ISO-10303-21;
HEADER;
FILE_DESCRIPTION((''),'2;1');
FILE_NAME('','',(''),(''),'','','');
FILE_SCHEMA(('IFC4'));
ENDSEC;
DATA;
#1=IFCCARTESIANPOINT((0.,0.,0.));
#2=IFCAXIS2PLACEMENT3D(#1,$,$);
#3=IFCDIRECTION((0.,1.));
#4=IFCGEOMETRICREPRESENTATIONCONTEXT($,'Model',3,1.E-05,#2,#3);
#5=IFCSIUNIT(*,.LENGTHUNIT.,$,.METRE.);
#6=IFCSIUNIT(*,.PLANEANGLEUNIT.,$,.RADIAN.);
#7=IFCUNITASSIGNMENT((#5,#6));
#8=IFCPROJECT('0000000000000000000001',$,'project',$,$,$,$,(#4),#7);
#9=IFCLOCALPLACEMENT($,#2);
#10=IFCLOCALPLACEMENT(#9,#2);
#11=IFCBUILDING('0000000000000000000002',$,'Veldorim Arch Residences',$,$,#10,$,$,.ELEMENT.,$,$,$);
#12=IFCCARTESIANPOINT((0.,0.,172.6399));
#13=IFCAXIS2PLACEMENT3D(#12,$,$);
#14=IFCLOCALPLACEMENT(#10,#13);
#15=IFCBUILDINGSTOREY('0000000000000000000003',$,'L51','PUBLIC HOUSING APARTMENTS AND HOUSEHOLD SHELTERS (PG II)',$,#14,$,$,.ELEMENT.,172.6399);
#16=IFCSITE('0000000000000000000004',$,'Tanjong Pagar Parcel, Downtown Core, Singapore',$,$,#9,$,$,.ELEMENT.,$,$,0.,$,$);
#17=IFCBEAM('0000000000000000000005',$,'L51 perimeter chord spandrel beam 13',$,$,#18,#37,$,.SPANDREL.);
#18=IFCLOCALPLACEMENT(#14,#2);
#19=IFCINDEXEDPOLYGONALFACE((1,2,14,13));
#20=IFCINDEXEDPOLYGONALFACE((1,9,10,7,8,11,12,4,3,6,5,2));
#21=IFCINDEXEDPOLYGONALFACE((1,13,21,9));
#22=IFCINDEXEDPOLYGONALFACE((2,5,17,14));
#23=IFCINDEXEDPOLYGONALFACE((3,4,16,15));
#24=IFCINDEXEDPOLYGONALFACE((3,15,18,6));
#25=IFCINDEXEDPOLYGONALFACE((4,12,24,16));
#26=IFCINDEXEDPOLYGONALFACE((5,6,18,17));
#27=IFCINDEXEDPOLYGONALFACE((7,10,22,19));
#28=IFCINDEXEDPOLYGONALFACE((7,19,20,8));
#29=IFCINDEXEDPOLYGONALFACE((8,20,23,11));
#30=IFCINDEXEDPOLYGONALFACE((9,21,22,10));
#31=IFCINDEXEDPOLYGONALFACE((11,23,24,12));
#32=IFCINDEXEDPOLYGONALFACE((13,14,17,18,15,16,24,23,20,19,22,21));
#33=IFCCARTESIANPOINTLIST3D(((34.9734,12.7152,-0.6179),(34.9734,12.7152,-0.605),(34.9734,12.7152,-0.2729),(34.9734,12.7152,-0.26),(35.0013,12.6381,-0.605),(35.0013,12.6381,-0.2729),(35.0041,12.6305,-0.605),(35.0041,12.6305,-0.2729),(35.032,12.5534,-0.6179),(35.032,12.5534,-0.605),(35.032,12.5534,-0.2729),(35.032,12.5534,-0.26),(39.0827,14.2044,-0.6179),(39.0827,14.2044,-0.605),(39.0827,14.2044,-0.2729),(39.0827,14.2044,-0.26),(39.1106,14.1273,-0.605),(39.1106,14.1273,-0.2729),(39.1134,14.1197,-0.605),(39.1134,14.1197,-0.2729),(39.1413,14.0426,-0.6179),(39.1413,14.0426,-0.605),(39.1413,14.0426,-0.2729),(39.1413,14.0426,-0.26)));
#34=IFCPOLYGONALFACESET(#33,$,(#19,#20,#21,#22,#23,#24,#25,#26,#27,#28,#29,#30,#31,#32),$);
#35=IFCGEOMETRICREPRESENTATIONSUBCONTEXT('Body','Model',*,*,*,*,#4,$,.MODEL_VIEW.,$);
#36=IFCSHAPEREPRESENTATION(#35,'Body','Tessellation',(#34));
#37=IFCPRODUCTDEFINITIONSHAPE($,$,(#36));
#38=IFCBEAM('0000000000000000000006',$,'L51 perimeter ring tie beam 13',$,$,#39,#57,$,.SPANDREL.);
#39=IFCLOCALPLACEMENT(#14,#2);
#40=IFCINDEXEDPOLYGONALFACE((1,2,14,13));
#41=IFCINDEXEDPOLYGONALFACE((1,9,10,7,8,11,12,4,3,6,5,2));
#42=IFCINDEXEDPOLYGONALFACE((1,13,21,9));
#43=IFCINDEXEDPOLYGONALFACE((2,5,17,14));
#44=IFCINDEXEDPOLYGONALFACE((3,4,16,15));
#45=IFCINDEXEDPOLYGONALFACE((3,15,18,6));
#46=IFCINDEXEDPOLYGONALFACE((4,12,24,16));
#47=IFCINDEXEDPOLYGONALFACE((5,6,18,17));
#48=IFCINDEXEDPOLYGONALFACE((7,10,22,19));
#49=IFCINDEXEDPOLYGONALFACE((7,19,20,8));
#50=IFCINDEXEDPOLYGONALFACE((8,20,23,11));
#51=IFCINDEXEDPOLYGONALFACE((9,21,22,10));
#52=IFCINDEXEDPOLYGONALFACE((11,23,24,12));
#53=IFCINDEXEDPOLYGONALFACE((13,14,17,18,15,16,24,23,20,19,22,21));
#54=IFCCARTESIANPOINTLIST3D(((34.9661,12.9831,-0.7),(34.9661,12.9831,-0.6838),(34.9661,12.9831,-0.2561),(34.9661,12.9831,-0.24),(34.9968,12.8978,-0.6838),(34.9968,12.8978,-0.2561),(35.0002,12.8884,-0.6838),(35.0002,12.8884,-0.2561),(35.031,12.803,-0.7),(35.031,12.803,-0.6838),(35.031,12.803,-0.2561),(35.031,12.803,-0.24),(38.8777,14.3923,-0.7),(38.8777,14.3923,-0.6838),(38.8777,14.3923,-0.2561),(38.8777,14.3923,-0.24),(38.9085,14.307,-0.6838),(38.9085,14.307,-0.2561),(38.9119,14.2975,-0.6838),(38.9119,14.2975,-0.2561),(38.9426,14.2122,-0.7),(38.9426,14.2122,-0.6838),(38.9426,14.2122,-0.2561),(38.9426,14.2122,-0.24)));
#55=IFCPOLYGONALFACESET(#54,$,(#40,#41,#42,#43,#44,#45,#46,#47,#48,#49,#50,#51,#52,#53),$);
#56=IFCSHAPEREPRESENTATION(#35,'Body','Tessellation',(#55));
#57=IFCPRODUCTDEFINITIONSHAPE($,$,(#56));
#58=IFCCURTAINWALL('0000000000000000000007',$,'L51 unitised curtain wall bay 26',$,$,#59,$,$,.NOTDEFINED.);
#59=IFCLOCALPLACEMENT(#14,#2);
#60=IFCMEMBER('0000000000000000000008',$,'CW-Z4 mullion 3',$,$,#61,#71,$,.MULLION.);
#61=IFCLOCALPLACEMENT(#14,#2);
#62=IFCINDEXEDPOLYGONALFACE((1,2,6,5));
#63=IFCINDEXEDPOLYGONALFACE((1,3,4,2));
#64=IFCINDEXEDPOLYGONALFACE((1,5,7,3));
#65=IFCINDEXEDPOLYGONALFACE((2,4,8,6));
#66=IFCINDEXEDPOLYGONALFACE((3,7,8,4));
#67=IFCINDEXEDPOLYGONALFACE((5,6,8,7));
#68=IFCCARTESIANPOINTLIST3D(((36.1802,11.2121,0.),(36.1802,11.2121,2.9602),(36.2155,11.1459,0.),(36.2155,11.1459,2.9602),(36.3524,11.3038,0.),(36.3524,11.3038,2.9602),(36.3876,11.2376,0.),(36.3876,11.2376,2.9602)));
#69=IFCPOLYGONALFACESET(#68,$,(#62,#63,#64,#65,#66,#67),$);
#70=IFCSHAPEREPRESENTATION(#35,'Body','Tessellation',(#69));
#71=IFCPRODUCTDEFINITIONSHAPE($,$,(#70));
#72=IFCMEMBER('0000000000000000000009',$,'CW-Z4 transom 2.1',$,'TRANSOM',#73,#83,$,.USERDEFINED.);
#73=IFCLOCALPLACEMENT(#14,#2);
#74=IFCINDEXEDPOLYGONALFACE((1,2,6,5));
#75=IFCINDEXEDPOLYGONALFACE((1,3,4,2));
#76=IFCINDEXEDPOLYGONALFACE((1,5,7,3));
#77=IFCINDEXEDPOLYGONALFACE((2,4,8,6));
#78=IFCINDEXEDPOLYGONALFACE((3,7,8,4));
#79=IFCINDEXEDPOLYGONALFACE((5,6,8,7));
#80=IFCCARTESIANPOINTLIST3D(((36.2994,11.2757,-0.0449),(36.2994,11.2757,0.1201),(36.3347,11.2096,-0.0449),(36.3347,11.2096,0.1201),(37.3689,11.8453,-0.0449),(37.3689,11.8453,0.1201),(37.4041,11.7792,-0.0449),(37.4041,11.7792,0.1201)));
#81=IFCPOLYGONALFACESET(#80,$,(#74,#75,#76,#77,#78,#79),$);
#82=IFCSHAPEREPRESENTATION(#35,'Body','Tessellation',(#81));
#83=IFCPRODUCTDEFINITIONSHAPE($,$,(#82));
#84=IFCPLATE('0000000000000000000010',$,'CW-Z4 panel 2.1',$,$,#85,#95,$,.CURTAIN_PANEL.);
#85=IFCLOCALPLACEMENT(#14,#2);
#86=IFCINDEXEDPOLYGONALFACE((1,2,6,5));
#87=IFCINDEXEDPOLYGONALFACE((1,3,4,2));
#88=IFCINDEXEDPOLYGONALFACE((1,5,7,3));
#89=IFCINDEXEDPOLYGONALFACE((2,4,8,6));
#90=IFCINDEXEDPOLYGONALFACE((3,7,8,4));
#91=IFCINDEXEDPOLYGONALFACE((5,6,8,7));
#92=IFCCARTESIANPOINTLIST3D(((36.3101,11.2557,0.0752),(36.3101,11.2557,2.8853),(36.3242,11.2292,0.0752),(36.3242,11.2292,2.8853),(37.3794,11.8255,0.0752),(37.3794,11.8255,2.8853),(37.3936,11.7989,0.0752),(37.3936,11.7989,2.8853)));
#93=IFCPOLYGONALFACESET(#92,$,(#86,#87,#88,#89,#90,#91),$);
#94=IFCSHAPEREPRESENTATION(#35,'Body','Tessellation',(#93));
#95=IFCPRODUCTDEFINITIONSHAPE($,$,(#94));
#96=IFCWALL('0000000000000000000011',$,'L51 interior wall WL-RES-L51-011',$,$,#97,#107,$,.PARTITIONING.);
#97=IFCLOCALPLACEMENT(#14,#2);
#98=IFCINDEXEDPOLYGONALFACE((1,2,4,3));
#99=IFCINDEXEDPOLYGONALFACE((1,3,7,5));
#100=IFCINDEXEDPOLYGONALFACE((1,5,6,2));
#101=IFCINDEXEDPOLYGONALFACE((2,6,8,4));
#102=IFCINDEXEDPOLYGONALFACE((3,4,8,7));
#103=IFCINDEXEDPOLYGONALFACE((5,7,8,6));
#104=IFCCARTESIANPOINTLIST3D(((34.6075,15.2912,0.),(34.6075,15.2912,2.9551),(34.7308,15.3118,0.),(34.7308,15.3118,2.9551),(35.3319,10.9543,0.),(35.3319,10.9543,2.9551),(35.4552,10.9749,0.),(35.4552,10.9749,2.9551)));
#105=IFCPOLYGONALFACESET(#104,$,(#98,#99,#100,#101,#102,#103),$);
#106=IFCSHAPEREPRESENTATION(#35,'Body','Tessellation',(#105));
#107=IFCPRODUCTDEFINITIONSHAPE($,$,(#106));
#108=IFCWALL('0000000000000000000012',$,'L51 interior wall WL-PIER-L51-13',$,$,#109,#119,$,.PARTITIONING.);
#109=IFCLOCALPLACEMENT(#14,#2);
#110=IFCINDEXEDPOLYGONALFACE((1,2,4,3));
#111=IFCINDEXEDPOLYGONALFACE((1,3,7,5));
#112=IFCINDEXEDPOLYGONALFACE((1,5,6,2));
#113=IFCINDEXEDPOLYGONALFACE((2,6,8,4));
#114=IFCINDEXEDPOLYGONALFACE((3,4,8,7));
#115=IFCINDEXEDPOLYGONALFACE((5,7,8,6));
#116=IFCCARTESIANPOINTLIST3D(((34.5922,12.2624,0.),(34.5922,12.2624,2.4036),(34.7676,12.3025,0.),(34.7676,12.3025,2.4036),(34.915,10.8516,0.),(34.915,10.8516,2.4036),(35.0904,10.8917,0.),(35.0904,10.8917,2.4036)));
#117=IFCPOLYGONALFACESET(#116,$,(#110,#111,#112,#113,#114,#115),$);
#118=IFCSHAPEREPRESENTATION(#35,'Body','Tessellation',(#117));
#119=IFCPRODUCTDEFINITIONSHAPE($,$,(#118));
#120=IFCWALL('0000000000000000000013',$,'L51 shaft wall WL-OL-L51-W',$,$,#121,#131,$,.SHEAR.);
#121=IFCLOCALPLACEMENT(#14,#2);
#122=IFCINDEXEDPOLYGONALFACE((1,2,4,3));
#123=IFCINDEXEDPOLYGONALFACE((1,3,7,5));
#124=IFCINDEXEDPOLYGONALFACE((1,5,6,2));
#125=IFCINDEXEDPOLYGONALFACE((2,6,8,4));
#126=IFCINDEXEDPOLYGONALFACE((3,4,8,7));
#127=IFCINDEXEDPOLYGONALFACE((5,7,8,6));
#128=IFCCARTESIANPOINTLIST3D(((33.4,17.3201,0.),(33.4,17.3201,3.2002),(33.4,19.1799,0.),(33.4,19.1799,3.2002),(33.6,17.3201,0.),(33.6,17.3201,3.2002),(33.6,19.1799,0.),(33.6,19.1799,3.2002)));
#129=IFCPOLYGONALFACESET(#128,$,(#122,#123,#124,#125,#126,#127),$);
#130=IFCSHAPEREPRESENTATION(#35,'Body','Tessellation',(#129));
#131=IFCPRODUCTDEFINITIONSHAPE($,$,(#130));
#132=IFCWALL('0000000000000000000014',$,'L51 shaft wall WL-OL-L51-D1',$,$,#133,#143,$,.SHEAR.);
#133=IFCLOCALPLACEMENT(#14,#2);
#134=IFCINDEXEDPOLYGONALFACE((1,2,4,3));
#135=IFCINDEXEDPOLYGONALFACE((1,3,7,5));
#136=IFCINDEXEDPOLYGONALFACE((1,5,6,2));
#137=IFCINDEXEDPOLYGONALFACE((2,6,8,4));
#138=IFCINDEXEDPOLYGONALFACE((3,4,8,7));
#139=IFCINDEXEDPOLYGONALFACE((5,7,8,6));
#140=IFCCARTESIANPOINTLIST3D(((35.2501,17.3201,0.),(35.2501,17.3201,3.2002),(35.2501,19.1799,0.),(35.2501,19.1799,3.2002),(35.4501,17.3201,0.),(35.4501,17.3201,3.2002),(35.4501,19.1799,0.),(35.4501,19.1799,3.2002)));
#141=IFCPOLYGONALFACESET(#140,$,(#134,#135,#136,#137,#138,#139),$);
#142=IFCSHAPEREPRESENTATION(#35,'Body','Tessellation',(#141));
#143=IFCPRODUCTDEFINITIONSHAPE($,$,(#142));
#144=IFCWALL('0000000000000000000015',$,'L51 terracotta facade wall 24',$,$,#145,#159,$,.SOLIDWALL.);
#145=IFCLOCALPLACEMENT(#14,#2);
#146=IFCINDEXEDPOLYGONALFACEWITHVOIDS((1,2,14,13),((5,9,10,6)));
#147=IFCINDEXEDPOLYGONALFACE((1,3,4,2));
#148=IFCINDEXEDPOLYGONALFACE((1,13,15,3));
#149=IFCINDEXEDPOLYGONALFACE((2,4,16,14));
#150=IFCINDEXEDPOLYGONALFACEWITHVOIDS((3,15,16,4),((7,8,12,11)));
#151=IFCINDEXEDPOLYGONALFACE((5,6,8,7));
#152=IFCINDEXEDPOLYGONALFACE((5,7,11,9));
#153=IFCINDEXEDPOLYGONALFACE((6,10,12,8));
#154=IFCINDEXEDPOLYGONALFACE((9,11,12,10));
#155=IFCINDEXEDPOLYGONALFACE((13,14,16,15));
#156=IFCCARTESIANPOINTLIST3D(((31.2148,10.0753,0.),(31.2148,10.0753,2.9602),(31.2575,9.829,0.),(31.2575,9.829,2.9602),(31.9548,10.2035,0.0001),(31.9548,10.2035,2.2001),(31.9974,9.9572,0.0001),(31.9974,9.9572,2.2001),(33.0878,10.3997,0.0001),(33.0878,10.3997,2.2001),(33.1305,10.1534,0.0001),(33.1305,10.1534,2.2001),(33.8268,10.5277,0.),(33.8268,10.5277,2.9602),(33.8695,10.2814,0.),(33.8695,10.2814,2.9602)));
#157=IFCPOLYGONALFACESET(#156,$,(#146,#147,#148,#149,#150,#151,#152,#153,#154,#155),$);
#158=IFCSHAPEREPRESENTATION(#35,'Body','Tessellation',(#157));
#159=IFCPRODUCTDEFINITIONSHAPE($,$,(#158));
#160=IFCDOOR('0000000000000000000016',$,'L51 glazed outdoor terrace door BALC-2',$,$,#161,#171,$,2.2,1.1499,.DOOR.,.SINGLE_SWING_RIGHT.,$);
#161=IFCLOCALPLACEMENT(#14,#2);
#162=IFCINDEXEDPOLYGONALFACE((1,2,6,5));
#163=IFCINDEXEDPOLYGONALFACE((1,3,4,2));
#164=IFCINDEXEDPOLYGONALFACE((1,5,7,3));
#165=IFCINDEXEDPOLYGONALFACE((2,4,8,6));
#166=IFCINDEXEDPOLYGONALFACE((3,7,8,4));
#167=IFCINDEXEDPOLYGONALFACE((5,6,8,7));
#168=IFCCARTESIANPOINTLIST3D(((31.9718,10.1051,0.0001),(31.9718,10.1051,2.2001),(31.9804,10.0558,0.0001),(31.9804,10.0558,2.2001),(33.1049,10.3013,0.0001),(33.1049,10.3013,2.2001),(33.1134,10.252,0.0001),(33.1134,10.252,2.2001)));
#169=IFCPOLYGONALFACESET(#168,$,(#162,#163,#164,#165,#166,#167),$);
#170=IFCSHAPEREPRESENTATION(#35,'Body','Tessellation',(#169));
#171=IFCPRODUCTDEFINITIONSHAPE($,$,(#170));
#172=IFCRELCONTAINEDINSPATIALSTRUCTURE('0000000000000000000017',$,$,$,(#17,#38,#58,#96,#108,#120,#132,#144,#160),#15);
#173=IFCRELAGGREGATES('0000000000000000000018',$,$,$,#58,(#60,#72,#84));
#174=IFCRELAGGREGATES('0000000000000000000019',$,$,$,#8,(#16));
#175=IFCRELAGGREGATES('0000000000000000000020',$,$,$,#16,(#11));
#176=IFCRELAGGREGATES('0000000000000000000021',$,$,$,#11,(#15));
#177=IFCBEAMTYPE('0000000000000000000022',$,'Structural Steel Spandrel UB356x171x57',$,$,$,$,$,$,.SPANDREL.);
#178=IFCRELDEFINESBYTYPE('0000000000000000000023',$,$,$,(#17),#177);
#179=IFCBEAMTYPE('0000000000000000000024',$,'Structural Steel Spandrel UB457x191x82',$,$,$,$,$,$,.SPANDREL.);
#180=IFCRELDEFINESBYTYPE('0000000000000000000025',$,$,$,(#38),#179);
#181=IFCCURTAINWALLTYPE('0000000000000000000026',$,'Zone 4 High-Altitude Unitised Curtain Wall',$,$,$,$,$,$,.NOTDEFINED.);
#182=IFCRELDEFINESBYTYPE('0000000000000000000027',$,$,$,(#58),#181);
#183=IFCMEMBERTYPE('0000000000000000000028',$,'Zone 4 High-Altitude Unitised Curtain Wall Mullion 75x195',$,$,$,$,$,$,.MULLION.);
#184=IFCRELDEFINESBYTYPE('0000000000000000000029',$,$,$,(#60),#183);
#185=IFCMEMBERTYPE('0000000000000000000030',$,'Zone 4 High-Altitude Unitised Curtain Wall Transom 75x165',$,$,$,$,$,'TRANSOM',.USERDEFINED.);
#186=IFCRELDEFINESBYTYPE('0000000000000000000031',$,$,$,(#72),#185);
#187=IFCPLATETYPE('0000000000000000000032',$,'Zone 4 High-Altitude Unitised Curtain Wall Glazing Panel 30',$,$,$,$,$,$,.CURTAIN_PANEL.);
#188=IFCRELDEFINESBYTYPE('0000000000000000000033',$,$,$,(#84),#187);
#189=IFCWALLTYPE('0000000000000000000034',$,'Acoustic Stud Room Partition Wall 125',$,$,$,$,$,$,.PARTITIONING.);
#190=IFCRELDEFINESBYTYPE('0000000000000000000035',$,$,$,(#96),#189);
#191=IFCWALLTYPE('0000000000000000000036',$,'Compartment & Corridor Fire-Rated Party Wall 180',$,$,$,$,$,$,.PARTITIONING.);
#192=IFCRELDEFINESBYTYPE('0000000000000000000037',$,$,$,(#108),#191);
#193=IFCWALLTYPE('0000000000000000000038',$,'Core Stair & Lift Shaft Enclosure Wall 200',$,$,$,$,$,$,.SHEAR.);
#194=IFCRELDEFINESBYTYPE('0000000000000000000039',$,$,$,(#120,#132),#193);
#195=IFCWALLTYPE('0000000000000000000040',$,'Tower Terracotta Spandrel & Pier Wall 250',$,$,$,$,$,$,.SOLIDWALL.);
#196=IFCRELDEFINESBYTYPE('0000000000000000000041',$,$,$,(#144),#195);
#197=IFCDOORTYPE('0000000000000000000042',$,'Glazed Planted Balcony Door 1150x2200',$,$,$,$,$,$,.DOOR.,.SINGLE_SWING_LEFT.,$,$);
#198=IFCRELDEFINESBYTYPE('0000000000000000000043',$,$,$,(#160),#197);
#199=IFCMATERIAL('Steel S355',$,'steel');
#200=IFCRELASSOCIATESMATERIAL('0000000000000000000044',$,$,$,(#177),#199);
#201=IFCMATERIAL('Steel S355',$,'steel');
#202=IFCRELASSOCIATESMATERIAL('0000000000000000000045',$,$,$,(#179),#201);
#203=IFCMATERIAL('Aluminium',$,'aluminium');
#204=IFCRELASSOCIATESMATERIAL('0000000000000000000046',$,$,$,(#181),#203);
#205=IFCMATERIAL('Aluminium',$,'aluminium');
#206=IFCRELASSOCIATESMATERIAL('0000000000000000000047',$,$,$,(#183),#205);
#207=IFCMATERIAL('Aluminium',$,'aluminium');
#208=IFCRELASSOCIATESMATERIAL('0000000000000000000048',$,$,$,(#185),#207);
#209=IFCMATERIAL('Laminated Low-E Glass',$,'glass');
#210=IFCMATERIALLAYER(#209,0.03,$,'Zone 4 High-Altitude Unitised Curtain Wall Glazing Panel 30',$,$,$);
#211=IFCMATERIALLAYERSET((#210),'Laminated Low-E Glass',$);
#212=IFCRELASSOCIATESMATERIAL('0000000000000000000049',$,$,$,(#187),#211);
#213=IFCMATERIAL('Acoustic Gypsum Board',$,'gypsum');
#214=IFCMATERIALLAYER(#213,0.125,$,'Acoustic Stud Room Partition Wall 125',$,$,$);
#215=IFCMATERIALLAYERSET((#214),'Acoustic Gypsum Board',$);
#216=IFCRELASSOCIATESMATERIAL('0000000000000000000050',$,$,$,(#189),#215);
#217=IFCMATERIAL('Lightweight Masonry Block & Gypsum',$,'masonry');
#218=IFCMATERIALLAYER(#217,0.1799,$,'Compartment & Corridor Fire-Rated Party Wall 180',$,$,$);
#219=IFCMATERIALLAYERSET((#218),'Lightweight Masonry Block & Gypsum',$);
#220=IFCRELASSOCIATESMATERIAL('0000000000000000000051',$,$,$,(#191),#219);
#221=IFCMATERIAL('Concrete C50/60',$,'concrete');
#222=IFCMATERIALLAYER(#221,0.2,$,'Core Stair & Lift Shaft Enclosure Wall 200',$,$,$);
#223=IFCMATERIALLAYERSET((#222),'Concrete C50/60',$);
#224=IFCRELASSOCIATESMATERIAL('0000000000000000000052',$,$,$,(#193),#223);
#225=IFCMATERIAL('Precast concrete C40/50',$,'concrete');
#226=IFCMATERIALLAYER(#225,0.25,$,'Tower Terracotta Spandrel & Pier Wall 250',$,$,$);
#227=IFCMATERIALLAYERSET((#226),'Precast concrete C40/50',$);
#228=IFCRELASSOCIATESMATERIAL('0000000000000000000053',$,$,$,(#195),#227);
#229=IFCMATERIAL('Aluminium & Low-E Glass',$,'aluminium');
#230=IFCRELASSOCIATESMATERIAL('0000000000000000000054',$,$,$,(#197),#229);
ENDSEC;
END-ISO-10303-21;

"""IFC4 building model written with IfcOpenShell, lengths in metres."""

from ifc_helpers import new_model, si_unit, direction, frame, frame_2d, origin, origin_2d, place, context, subcontext, project, spatial, rectangle, i_section, extrude, material, layer, layer_set, material_profile, profile_set, type_object, element, fill, aggregate, save


model = new_model("IFC4")

# Units and contexts
model_context = context("Model", 3, precision=1e-05, world=origin(), true_north=direction((0.0, 1.0)))
body_context = subcontext(model_context, "Body", "Model", "MODEL_VIEW")
ifc_project = project(units=[si_unit("LENGTHUNIT", "METRE"), si_unit("PLANEANGLEUNIT", "RADIAN")], contexts=[model_context])

# Site, building, storey
site_placement = place(None, origin())
site = spatial("IfcSite", under=ifc_project, at=site_placement, Name="Tanjong Pagar Parcel, Downtown Core, Singapore", CompositionType="ELEMENT", RefElevation=0.0)
building_placement = place(site_placement, origin())
building = spatial("IfcBuilding", under=site, at=building_placement, Name="Veldorim Arch Residences", CompositionType="ELEMENT")
storey_placement = place(building_placement, frame((0.0, 0.0, 172.6399)))
storey = spatial("IfcBuildingStorey", under=building, at=storey_placement, Name="L51", Description="PUBLIC HOUSING APARTMENTS AND HOUSEHOLD SHELTERS (PG II)", CompositionType="ELEMENT", Elevation=172.6399)

# Beams
ifc_material_1 = material(Name="Steel S355", Category="steel")
ifc_material_profile_1 = material_profile(ifc_material_1, i_section(OverallWidth=0.1721, OverallDepth=0.3579, WebThickness=0.0081, FlangeThickness=0.0129, at=origin_2d()), Name="UB356x171x57")
ifc_profile_set_1 = profile_set([ifc_material_profile_1], Name="Steel S355")
beam_type_1 = type_object("IfcBeamType", Name="Structural Steel Spandrel UB356x171x57", PredefinedType="SPANDREL", material=ifc_profile_set_1)
beam_1_placement = place(storey_placement, frame((35.0027, 12.6343, -0.439), z_axis=(0.940165, 0.34072, 0.0), x_axis=(-0.34072, 0.940165, 0.0)))
element("IfcBeam", 1, at=beam_1_placement, inside=storey, type_object=beam_type_1, Name="L51 perimeter chord spandrel beam 13", PredefinedType="SPANDREL", context=body_context, shape_type="SweptSolid", body=[
    extrude(i_section(OverallWidth=0.1721, OverallDepth=0.3579, WebThickness=0.0081, FlangeThickness=0.0129, at=origin_2d()), origin(), (0.0, 0.0, 1.0), 4.3708),
])
ifc_material_2 = material(Name="Steel S355", Category="steel")
ifc_material_profile_2 = material_profile(ifc_material_2, i_section(OverallWidth=0.1914, OverallDepth=0.46, WebThickness=0.01, FlangeThickness=0.0161, at=origin_2d()), Name="UB457x191x82")
ifc_profile_set_2 = profile_set([ifc_material_profile_2], Name="Steel S355")
beam_type_2 = type_object("IfcBeamType", Name="Structural Steel Spandrel UB457x191x82", PredefinedType="SPANDREL", material=ifc_profile_set_2)
beam_2_placement = place(storey_placement, frame((34.9985, 12.8931, -0.47), z_axis=(0.940811, 0.338932, 0.0), x_axis=(-0.338932, 0.940811, 0.0)))
element("IfcBeam", 2, at=beam_2_placement, inside=storey, type_object=beam_type_2, Name="L51 perimeter ring tie beam 13", PredefinedType="SPANDREL", context=body_context, shape_type="SweptSolid", body=[
    extrude(i_section(OverallWidth=0.1914, OverallDepth=0.46, WebThickness=0.01, FlangeThickness=0.0161, at=origin_2d()), origin(), (0.0, 0.0, 1.0), 4.1577),
])

# Curtain wall, members, plate
ifc_material_3 = material(Name="Aluminium", Category="aluminium")
curtain_wall_type = type_object("IfcCurtainWallType", Name="Zone 4 High-Altitude Unitised Curtain Wall", PredefinedType="NOTDEFINED", material=ifc_material_3)
curtain_wall_placement = place(storey_placement, origin())
curtain_wall = element("IfcCurtainWall", 3, at=curtain_wall_placement, inside=storey, type_object=curtain_wall_type, Name="L51 unitised curtain wall bay 26", PredefinedType="NOTDEFINED")
ifc_material_4 = material(Name="Aluminium", Category="aluminium")
ifc_material_profile_3 = material_profile(ifc_material_4, rectangle(XDim=0.075, YDim=0.1951, at=origin_2d()), Name="ALU_MUL_75x195")
ifc_profile_set_3 = profile_set([ifc_material_profile_3], Name="Aluminium")
member_type_1 = type_object("IfcMemberType", Name="Zone 4 High-Altitude Unitised Curtain Wall Mullion 75x195", PredefinedType="MULLION", material=ifc_profile_set_3)
member_1_placement = place(storey_placement, frame((36.2839, 11.2249, 0.0), z_axis=(0.0, 0.0, 1.0), x_axis=(0.470186, -0.882567, 0.0)))
member_1 = element("IfcMember", 4, at=member_1_placement, type_object=member_type_1, Name="CW-Z4 mullion 3", PredefinedType="MULLION", context=body_context, shape_type="SweptSolid", body=[
    extrude(rectangle(XDim=0.075, YDim=0.1951, at=origin_2d()), origin(), (0.0, 0.0, 1.0), 2.9602),
])
ifc_material_5 = material(Name="Aluminium", Category="aluminium")
ifc_material_profile_4 = material_profile(ifc_material_5, rectangle(XDim=0.075, YDim=0.165, at=origin_2d()), Name="ALU_TRN_75x165")
ifc_profile_set_4 = profile_set([ifc_material_profile_4], Name="Aluminium")
member_type_2 = type_object("IfcMemberType", Name="Zone 4 High-Altitude Unitised Curtain Wall Transom 75x165", ElementType="TRANSOM", PredefinedType="USERDEFINED", material=ifc_profile_set_4)
member_2_placement = place(storey_placement, frame((37.3865, 11.8123, 0.0376), z_axis=(-0.882604, -0.470118, 0.0), x_axis=(0.470118, -0.882604, 0.0)))
member_2 = element("IfcMember", 5, at=member_2_placement, type_object=member_type_2, Name="CW-Z4 transom 2.1", ObjectType="TRANSOM", PredefinedType="USERDEFINED", context=body_context, shape_type="SweptSolid", body=[
    extrude(rectangle(XDim=0.075, YDim=0.165, at=origin_2d()), origin(), (0.0, 0.0, 1.0), 1.2117),
])
ifc_material_6 = material(Name="Laminated Low-E Glass", Category="glass")
ifc_layer_1 = layer(ifc_material_6, 0.03, Name="Zone 4 High-Altitude Unitised Curtain Wall Glazing Panel 30")
ifc_layer_set_1 = layer_set([ifc_layer_1], Name="Laminated Low-E Glass")
plate_type = type_object("IfcPlateType", Name="Zone 4 High-Altitude Unitised Curtain Wall Glazing Panel 30", PredefinedType="CURTAIN_PANEL", material=ifc_layer_set_1)
plate_placement = place(storey_placement, frame((36.8518, 11.5273, 0.0752), z_axis=(0.0, 0.0, 1.0), x_axis=(-0.882567, -0.470186, 0.0)))
plate = element("IfcPlate", 6, at=plate_placement, type_object=plate_type, Name="CW-Z4 panel 2.1", PredefinedType="CURTAIN_PANEL", context=body_context, shape_type="SweptSolid", body=[
    extrude(rectangle(XDim=1.2117, YDim=0.03, at=origin_2d()), origin(), (0.0, 0.0, 1.0), 2.8101),
])
aggregate(curtain_wall, [member_1, member_2, plate])

# Walls
ifc_material_7 = material(Name="Acoustic Gypsum Board", Category="gypsum")
ifc_layer_2 = layer(ifc_material_7, 0.125, Name="Acoustic Stud Room Partition Wall 125")
ifc_layer_set_2 = layer_set([ifc_layer_2], Name="Acoustic Gypsum Board")
wall_type_1 = type_object("IfcWallType", Name="Acoustic Stud Room Partition Wall 125", PredefinedType="PARTITIONING", material=ifc_layer_set_2)
wall_1_placement = place(storey_placement, frame((35.3936, 10.9646, 0.0), z_axis=(0.0, 0.0, 1.0), x_axis=(-0.164741, 0.986337, 0.0)))
element("IfcWall", 7, at=wall_1_placement, inside=storey, type_object=wall_type_1, Name="L51 interior wall WL-RES-L51-011", PredefinedType="PARTITIONING", context=body_context, shape_type="SweptSolid", body=[
    extrude(rectangle(XDim=4.397, YDim=0.125, at=frame_2d((2.1985, 0.0))), origin(), (0.0, 0.0, 1.0), 2.9551),
])
ifc_material_8 = material(Name="Lightweight Masonry Block & Gypsum", Category="masonry")
ifc_layer_3 = layer(ifc_material_8, 0.1799, Name="Compartment & Corridor Fire-Rated Party Wall 180")
ifc_layer_set_3 = layer_set([ifc_layer_3], Name="Lightweight Masonry Block & Gypsum")
wall_type_2 = type_object("IfcWallType", Name="Compartment & Corridor Fire-Rated Party Wall 180", PredefinedType="PARTITIONING", material=ifc_layer_set_3)
wall_2_placement = place(storey_placement, frame((34.6799, 12.2825, 0.0), z_axis=(0.0, 0.0, 1.0), x_axis=(0.222999, -0.974819, 0.0)))
element("IfcWall", 8, at=wall_2_placement, inside=storey, type_object=wall_type_2, Name="L51 interior wall WL-PIER-L51-13", PredefinedType="PARTITIONING", context=body_context, shape_type="SweptSolid", body=[
    extrude(rectangle(XDim=1.4473, YDim=0.1799, at=frame_2d((0.7236, 0.0))), origin(), (0.0, 0.0, 1.0), 2.4036),
])
ifc_material_9 = material(Name="Concrete C50/60", Category="concrete")
ifc_layer_4 = layer(ifc_material_9, 0.2, Name="Core Stair & Lift Shaft Enclosure Wall 200")
ifc_layer_set_4 = layer_set([ifc_layer_4], Name="Concrete C50/60")
wall_type_3 = type_object("IfcWallType", Name="Core Stair & Lift Shaft Enclosure Wall 200", PredefinedType="SHEAR", material=ifc_layer_set_4)
for number, where, z_axis, x_axis, name in (
    (9, (33.5, 17.3201, 0.0), (0.0, 0.0, 1.0), (0.0, 1.0, 0.0), "L51 shaft wall WL-OL-L51-W"),
    (10, (35.3501, 17.3201, 0.0), (0.0, 0.0, 1.0), (0.0, 1.0, 0.0), "L51 shaft wall WL-OL-L51-D1"),
):
    element("IfcWall", number, at=place(storey_placement, frame(where, z_axis=z_axis, x_axis=x_axis)), inside=storey, type_object=wall_type_3, Name=name, PredefinedType="SHEAR", context=body_context, shape_type="SweptSolid", body=[
        extrude(rectangle(XDim=1.8599, YDim=0.2, at=frame_2d((0.9299, 0.0))), origin(), (0.0, 0.0, 1.0), 3.2002),
    ])

# Wall, opening, door
ifc_material_10 = material(Name="Precast concrete C40/50", Category="concrete")
ifc_layer_5 = layer(ifc_material_10, 0.25, Name="Tower Terracotta Spandrel & Pier Wall 250")
ifc_layer_set_5 = layer_set([ifc_layer_5], Name="Precast concrete C40/50")
wall_type_4 = type_object("IfcWallType", Name="Tower Terracotta Spandrel & Pier Wall 250", PredefinedType="SOLIDWALL", material=ifc_layer_set_5)
wall_3_placement = place(storey_placement, frame((33.8481, 10.4045, 0.0), z_axis=(0.0, 0.0, 1.0), x_axis=(-0.985331, -0.170653, 0.0)))
wall_3 = element("IfcWall", 11, at=wall_3_placement, inside=storey, type_object=wall_type_4, Name="L51 terracotta facade wall 24", PredefinedType="SOLIDWALL", context=body_context, shape_type="SweptSolid", body=[
    extrude(rectangle(XDim=2.6509, YDim=0.25, at=frame_2d((1.3254, 0.0))), origin(), (0.0, 0.0, 1.0), 2.9602),
])
opening_placement = place(wall_3_placement, frame((0.75, 0.0, 0.0)))
opening = element("IfcOpeningElement", 12, at=opening_placement, cuts=wall_3, PredefinedType="OPENING", context=body_context, shape_type="SweptSolid", body=[
    extrude(rectangle(XDim=1.1499, YDim=2.2, at=frame_2d((0.575, 1.1001))), frame((0.0, 0.135, 0.0), z_axis=(0.0, -1.0, 0.0), x_axis=(1.0, 0.0, 0.0)), (0.0, 0.0, 1.0), 0.27),
])
ifc_material_11 = material(Name="Aluminium & Low-E Glass", Category="aluminium")
door_type = type_object("IfcDoorType", Name="Glazed Planted Balcony Door 1150x2200", OperationType="SINGLE_SWING_LEFT", PredefinedType="DOOR", material=ifc_material_11)
door_placement = place(opening_placement, origin())
door = element("IfcDoor", 13, at=door_placement, inside=storey, type_object=door_type, Name="L51 glazed outdoor terrace door BALC-2", OperationType="SINGLE_SWING_RIGHT", OverallHeight=2.2, OverallWidth=1.1499, PredefinedType="DOOR", context=body_context, shape_type="SweptSolid", body=[
    extrude(rectangle(XDim=1.1499, YDim=2.2, at=frame_2d((0.575, 1.1001))), frame((0.0, 0.0249, 0.0), z_axis=(0.0, -1.0, 0.0), x_axis=(1.0, 0.0, 0.0)), (0.0, 0.0, 1.0), 0.05),
])
fill(opening, door)

save(model, "model.ifc")
